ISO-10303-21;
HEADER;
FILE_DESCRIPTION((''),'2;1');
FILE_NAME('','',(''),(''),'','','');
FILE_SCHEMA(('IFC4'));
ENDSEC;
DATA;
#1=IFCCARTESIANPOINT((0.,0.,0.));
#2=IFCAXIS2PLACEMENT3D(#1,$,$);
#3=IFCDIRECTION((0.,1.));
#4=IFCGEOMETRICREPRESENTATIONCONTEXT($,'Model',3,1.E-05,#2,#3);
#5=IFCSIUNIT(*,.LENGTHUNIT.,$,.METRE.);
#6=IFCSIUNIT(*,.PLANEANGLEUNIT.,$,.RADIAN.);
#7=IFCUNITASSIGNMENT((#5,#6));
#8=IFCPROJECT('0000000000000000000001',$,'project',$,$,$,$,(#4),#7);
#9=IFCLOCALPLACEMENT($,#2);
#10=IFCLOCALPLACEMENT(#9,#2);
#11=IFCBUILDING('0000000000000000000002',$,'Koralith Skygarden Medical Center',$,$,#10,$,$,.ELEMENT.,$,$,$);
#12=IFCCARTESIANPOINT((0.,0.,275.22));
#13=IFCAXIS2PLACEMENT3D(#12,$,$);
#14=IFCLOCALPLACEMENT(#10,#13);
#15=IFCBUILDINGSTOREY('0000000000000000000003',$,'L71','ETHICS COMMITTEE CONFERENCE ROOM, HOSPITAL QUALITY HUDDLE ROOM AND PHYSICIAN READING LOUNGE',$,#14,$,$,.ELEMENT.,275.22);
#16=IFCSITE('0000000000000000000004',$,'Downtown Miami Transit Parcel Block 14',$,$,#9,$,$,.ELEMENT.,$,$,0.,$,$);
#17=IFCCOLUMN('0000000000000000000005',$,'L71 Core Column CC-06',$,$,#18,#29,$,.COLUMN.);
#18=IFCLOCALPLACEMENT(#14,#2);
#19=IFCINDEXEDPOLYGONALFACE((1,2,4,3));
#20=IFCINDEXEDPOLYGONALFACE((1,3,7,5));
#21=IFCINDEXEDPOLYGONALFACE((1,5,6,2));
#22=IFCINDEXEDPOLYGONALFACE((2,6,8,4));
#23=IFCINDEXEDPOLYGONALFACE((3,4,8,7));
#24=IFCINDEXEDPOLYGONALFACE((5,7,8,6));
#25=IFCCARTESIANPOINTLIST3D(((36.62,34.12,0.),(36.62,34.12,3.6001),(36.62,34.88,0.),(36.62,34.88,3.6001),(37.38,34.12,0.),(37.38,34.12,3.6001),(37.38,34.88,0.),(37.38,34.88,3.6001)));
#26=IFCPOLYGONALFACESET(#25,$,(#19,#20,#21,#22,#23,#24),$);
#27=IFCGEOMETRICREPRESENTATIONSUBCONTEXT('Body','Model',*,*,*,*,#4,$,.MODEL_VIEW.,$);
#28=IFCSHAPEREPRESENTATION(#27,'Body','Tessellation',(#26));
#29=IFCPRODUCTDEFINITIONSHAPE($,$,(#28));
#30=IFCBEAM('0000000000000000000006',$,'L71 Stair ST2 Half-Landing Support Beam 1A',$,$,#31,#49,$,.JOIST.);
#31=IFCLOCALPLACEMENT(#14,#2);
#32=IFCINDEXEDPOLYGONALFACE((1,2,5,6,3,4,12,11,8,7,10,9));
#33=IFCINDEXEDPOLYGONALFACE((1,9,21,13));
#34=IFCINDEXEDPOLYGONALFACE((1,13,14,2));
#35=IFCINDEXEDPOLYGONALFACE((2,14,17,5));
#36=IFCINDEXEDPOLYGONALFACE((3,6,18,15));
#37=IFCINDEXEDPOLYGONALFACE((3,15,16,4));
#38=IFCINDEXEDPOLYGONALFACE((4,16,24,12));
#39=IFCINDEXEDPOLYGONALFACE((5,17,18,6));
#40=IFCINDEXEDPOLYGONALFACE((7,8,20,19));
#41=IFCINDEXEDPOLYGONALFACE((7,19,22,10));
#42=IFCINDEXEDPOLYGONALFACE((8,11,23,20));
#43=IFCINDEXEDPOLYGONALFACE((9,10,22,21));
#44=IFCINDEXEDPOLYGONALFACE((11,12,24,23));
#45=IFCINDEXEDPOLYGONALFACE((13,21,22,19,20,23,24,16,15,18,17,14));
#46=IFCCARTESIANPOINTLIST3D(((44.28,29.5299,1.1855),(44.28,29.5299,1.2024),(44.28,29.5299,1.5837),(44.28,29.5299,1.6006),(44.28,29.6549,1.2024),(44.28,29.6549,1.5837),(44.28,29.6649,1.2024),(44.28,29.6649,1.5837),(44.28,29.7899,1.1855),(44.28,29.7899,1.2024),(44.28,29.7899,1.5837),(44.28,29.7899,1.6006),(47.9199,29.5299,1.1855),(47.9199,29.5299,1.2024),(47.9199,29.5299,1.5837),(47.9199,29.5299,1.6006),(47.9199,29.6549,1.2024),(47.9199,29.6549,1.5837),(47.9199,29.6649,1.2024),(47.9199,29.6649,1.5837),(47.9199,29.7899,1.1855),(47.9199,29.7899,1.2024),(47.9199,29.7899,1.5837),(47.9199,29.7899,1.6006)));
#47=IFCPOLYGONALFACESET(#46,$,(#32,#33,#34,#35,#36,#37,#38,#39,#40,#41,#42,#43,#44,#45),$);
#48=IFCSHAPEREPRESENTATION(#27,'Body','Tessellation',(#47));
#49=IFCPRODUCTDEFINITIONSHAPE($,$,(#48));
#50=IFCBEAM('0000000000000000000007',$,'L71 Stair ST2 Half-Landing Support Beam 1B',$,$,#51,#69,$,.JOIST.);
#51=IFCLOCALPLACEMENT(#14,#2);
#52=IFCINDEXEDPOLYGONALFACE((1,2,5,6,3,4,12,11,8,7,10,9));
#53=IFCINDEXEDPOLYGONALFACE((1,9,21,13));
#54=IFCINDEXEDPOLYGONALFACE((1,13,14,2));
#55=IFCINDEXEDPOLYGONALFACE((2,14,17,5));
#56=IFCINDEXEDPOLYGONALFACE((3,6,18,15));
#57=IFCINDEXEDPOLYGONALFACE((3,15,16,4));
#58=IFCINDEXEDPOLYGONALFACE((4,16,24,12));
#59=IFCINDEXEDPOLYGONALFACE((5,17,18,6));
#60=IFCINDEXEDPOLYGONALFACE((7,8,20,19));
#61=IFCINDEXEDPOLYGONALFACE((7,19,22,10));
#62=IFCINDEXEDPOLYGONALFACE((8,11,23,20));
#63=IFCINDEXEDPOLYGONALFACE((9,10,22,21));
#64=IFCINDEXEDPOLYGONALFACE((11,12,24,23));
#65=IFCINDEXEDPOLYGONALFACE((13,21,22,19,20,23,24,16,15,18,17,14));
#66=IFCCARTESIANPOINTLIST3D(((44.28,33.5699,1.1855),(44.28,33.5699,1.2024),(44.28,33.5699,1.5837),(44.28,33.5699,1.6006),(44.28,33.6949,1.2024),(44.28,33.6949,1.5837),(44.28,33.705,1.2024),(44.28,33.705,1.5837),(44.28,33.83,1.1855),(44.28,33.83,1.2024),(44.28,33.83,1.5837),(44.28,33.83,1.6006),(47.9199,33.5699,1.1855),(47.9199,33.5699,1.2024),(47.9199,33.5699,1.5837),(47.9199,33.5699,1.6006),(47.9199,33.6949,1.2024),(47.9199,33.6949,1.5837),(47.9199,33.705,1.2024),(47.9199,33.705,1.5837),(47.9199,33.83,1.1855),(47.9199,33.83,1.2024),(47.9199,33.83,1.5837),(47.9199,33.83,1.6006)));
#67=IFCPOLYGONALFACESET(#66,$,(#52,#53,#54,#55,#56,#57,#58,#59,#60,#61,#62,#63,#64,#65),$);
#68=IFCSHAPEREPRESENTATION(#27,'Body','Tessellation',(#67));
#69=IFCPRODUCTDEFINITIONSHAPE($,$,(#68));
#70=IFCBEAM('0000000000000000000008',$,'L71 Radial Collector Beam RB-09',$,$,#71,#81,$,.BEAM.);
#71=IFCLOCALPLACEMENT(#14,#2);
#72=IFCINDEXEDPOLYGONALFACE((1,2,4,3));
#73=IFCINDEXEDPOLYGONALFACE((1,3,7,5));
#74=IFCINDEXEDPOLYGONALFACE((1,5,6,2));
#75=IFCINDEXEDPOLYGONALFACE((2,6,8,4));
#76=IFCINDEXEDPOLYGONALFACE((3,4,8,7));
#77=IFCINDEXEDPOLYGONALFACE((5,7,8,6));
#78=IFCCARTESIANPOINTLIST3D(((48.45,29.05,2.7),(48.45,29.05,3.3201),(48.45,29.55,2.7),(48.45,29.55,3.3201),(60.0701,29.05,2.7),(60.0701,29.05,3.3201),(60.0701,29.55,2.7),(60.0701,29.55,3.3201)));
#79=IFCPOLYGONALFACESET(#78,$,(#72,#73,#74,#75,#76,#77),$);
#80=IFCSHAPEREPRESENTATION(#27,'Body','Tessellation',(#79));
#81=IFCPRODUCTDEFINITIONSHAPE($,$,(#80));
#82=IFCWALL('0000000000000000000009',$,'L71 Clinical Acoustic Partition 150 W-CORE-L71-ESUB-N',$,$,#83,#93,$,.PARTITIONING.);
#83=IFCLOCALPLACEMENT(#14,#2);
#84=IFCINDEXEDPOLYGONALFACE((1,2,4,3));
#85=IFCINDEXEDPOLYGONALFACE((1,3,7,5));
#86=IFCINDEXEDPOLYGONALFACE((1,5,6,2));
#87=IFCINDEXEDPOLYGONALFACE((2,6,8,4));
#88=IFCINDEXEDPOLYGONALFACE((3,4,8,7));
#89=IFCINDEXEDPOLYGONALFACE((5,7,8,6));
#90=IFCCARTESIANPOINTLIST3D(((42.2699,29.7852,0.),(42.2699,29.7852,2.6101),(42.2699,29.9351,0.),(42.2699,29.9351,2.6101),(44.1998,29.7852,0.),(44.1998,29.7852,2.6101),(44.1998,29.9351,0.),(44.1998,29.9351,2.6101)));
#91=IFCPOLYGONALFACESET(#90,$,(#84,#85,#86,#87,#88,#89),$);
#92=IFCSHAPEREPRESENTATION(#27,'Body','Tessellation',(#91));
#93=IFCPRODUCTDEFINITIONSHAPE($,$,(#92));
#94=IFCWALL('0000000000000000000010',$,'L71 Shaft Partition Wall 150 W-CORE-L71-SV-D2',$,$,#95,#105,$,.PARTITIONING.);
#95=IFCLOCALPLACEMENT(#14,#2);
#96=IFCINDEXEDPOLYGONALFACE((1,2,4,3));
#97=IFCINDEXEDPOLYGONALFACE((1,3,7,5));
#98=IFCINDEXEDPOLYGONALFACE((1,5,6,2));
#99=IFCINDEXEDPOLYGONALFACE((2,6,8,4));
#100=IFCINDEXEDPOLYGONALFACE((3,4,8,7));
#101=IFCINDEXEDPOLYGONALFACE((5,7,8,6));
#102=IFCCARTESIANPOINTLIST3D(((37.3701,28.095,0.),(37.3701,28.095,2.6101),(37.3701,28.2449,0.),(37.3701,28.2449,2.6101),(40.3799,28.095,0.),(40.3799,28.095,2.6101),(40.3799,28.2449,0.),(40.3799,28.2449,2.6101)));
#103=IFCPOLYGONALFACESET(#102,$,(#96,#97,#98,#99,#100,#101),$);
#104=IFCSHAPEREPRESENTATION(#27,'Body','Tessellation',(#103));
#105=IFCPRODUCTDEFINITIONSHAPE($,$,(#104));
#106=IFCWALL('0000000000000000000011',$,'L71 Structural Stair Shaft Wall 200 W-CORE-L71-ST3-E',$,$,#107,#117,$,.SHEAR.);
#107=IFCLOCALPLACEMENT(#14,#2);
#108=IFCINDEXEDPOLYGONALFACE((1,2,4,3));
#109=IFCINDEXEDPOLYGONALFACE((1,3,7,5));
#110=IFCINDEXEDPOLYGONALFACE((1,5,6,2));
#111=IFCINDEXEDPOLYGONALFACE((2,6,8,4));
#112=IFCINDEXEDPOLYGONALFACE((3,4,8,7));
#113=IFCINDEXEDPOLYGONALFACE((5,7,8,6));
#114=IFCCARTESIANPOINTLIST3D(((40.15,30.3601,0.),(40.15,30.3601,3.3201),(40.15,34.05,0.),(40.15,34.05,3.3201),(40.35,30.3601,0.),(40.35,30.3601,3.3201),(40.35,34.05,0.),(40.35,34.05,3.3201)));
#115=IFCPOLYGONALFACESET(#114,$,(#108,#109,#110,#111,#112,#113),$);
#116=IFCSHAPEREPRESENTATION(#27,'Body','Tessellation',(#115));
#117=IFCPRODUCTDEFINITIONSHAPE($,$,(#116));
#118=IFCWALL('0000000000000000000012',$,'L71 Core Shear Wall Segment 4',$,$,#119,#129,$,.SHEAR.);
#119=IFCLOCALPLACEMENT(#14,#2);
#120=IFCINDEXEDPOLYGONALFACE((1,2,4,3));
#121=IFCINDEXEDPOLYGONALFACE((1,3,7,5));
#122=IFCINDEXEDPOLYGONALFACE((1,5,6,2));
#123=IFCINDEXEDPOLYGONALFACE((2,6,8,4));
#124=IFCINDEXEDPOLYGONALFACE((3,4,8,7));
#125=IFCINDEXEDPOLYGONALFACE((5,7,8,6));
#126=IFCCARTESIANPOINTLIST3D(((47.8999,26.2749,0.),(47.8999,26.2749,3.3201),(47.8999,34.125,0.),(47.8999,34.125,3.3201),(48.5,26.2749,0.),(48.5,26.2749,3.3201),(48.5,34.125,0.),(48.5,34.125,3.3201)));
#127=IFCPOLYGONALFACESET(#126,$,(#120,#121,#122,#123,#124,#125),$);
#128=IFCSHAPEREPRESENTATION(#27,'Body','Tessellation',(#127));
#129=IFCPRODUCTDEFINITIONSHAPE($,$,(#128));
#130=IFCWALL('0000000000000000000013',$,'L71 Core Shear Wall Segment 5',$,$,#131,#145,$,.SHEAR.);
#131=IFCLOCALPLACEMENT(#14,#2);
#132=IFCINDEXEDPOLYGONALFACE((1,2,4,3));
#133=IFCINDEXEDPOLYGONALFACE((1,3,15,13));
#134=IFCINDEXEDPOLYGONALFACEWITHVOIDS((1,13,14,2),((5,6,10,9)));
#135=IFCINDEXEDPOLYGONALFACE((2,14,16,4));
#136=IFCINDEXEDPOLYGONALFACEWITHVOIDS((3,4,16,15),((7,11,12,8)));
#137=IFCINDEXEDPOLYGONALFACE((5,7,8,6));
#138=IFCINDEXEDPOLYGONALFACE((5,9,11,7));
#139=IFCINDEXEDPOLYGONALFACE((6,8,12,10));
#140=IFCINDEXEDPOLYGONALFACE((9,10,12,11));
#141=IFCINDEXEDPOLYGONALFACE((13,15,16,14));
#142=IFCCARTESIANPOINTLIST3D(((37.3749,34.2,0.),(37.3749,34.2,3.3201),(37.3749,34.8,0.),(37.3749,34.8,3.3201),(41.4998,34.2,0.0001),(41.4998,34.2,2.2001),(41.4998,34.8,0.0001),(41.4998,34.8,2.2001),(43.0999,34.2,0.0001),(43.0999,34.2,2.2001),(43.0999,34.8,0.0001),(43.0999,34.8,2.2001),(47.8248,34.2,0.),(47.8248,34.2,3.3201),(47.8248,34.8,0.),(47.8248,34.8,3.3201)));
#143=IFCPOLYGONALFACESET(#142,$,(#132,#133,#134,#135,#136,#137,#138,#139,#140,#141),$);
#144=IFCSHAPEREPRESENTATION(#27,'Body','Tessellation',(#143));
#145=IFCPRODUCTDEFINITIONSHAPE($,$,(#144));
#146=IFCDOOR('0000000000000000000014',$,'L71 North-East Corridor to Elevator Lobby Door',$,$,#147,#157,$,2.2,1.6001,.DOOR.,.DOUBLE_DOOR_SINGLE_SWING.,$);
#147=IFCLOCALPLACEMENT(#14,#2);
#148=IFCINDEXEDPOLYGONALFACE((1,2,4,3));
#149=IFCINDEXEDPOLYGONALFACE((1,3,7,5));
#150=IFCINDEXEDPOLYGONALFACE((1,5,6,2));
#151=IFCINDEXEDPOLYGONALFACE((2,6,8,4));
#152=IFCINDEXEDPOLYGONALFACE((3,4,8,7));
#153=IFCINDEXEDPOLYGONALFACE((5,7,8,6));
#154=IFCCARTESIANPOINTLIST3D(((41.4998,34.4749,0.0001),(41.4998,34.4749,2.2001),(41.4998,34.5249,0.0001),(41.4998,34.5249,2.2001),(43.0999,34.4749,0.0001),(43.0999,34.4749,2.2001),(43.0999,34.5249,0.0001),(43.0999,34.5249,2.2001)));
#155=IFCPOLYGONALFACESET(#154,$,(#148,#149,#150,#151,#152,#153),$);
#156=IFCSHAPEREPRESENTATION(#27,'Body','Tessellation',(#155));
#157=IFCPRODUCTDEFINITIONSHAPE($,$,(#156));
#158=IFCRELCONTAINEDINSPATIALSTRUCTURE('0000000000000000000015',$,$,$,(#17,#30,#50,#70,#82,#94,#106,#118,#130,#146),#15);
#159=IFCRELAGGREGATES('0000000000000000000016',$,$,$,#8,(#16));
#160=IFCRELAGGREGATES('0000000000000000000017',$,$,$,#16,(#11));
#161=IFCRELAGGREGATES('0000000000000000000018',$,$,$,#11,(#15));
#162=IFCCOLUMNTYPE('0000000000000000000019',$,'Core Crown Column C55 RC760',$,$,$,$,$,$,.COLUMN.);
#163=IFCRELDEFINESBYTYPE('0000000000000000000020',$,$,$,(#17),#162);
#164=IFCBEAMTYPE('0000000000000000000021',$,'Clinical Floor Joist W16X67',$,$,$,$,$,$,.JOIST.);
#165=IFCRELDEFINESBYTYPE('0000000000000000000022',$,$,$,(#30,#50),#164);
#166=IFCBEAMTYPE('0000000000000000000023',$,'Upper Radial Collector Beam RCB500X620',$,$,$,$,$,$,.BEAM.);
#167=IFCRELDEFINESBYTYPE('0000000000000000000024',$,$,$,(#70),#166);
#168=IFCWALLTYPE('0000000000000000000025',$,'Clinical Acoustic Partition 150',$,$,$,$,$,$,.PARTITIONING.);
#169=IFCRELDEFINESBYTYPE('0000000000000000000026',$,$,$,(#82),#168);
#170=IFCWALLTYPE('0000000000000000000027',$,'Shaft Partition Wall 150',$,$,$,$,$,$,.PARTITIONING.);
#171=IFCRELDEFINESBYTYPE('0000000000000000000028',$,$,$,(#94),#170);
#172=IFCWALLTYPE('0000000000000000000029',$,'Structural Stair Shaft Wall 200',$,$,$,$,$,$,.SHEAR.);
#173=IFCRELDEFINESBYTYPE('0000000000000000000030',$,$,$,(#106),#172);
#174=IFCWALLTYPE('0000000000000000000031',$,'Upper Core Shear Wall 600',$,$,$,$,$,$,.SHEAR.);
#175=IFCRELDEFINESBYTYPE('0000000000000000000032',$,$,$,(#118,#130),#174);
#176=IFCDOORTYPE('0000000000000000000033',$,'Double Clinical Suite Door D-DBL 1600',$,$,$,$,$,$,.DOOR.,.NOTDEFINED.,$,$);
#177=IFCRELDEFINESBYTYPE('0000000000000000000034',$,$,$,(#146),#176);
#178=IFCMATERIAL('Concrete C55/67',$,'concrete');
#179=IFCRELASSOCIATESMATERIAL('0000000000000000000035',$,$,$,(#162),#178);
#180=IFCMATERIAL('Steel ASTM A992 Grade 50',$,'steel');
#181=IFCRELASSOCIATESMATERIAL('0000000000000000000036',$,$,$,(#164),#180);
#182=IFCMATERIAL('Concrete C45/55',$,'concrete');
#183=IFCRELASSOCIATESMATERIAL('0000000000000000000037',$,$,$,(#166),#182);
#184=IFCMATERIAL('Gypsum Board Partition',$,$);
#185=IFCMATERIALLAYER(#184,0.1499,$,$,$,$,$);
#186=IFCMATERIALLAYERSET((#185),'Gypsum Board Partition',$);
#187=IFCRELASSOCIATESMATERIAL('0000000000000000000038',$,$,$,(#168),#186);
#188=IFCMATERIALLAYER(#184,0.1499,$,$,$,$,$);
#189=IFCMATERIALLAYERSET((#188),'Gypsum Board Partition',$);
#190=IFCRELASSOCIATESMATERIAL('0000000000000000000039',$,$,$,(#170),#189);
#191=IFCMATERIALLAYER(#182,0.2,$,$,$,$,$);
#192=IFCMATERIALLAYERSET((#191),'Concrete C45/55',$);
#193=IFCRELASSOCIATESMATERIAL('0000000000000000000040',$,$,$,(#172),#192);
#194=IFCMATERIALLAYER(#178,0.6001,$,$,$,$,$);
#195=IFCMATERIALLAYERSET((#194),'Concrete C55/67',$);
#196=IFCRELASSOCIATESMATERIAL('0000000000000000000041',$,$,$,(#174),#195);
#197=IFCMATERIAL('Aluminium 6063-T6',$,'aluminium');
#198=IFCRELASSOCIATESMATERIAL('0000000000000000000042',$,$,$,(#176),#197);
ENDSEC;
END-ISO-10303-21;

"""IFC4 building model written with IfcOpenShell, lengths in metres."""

from ifc_helpers import new_model, si_unit, direction, frame, frame_2d, origin, origin_2d, place, context, subcontext, project, spatial, rectangle, i_section, extrude, material, layer, layer_set, material_profile, profile_set, type_object, element, fill, save


model = new_model("IFC4")

# Units and contexts
model_context = context("Model", 3, precision=1e-05, world=origin(), true_north=direction((0.0, 1.0)))
body_context = subcontext(model_context, "Body", "Model", "MODEL_VIEW")
ifc_project = project(units=[si_unit("LENGTHUNIT", "METRE"), si_unit("PLANEANGLEUNIT", "RADIAN")], contexts=[model_context])

# Site, building, storey
site_placement = place(None, origin())
site = spatial("IfcSite", under=ifc_project, at=site_placement, Name="Downtown Miami Transit Parcel Block 14", CompositionType="ELEMENT", RefElevation=0.0)
building_placement = place(site_placement, origin())
building = spatial("IfcBuilding", under=site, at=building_placement, Name="Koralith Skygarden Medical Center", CompositionType="ELEMENT")
storey_placement = place(building_placement, frame((0.0, 0.0, 275.22)))
storey = spatial("IfcBuildingStorey", under=building, at=storey_placement, Name="L71", Description="ETHICS COMMITTEE CONFERENCE ROOM, HOSPITAL QUALITY HUDDLE ROOM AND PHYSICIAN READING LOUNGE", CompositionType="ELEMENT", Elevation=275.22)

# Column
ifc_material_1 = material(Name="Concrete C55/67", Category="concrete")
ifc_material_profile_1 = material_profile(ifc_material_1, rectangle(XDim=0.76, YDim=0.76, at=origin_2d()), Name="RC760X760")
ifc_profile_set_1 = profile_set([ifc_material_profile_1], Name="Concrete C55/67")
column_type = type_object("IfcColumnType", Name="Core Crown Column C55 RC760", PredefinedType="COLUMN", material=ifc_profile_set_1)
column_placement = place(storey_placement, frame((37.0, 34.5, 0.0), z_axis=(0.0, 0.0, 1.0), x_axis=(1.0, 0.0, 0.0)))
element("IfcColumn", 1, at=column_placement, inside=storey, type_object=column_type, Name="L71 Core Column CC-06", PredefinedType="COLUMN", context=body_context, shape_type="SweptSolid", body=[
    extrude(rectangle(XDim=0.76, YDim=0.76, at=origin_2d()), origin(), (0.0, 0.0, 1.0), 3.6001),
])

# Beams
ifc_material_2 = material(Name="Steel ASTM A992 Grade 50", Category="steel")
ifc_material_profile_2 = material_profile(ifc_material_2, i_section(OverallWidth=0.26, OverallDepth=0.415, WebThickness=0.01, FlangeThickness=0.0168, at=origin_2d()), Name="W16X67")
ifc_profile_set_2 = profile_set([ifc_material_profile_2], Name="Steel ASTM A992 Grade 50")
beam_type_1 = type_object("IfcBeamType", Name="Clinical Floor Joist W16X67", PredefinedType="JOIST", material=ifc_profile_set_2)
for number, where, z_axis, x_axis, name in (
    (2, (44.28, 29.6599, 1.3931), (1.0, 0.0, 0.0), (0.0, 1.0, 0.0), "L71 Stair ST2 Half-Landing Support Beam 1A"),
    (3, (44.28, 33.7, 1.3931), (1.0, 0.0, 0.0), (0.0, 1.0, 0.0), "L71 Stair ST2 Half-Landing Support Beam 1B"),
):
    element("IfcBeam", number, at=place(storey_placement, frame(where, z_axis=z_axis, x_axis=x_axis)), inside=storey, type_object=beam_type_1, Name=name, PredefinedType="JOIST", context=body_context, shape_type="SweptSolid", body=[
        extrude(i_section(OverallWidth=0.26, OverallDepth=0.415, WebThickness=0.01, FlangeThickness=0.0168, at=origin_2d()), origin(), (0.0, 0.0, 1.0), 3.6399),
    ])
ifc_material_3 = material(Name="Concrete C45/55", Category="concrete")
ifc_material_profile_3 = material_profile(ifc_material_3, rectangle(XDim=0.5, YDim=0.6201, at=origin_2d()), Name="RCB500X620")
ifc_profile_set_3 = profile_set([ifc_material_profile_3], Name="Concrete C45/55")
beam_type_2 = type_object("IfcBeamType", Name="Upper Radial Collector Beam RCB500X620", PredefinedType="BEAM", material=ifc_profile_set_3)
beam_placement = place(storey_placement, frame((48.45, 29.3, 3.01), z_axis=(1.0, 0.0, 0.0), x_axis=(0.0, 1.0, 0.0)))
element("IfcBeam", 4, at=beam_placement, inside=storey, type_object=beam_type_2, Name="L71 Radial Collector Beam RB-09", PredefinedType="BEAM", context=body_context, shape_type="SweptSolid", body=[
    extrude(rectangle(XDim=0.5, YDim=0.6201, at=origin_2d()), origin(), (0.0, 0.0, 1.0), 11.6201),
])

# Walls
ifc_material_4 = material(Name="Gypsum Board Partition")
ifc_layer_1 = layer(ifc_material_4, 0.1499)
ifc_layer_set_1 = layer_set([ifc_layer_1], Name="Gypsum Board Partition")
wall_type_1 = type_object("IfcWallType", Name="Clinical Acoustic Partition 150", PredefinedType="PARTITIONING", material=ifc_layer_set_1)
wall_1_placement = place(storey_placement, frame((42.27, 29.8601, 0.0), z_axis=(0.0, 0.0, 1.0), x_axis=(1.0, 0.0, 0.0)))
element("IfcWall", 5, at=wall_1_placement, inside=storey, type_object=wall_type_1, Name="L71 Clinical Acoustic Partition 150 W-CORE-L71-ESUB-N", PredefinedType="PARTITIONING", context=body_context, shape_type="SweptSolid", body=[
    extrude(rectangle(XDim=1.9299, YDim=0.1499, at=frame_2d((0.9648, 0.0))), origin(), (0.0, 0.0, 1.0), 2.6101),
])
ifc_layer_2 = layer(ifc_material_4, 0.1499)
ifc_layer_set_2 = layer_set([ifc_layer_2], Name="Gypsum Board Partition")
wall_type_2 = type_object("IfcWallType", Name="Shaft Partition Wall 150", PredefinedType="PARTITIONING", material=ifc_layer_set_2)
wall_2_placement = place(storey_placement, frame((37.3701, 28.1699, 0.0), z_axis=(0.0, 0.0, 1.0), x_axis=(1.0, 0.0, 0.0)))
element("IfcWall", 6, at=wall_2_placement, inside=storey, type_object=wall_type_2, Name="L71 Shaft Partition Wall 150 W-CORE-L71-SV-D2", PredefinedType="PARTITIONING", context=body_context, shape_type="SweptSolid", body=[
    extrude(rectangle(XDim=3.0098, YDim=0.1499, at=frame_2d((1.5049, 0.0))), origin(), (0.0, 0.0, 1.0), 2.6101),
])
ifc_layer_3 = layer(ifc_material_3, 0.2)
ifc_layer_set_3 = layer_set([ifc_layer_3], Name="Concrete C45/55")
wall_type_3 = type_object("IfcWallType", Name="Structural Stair Shaft Wall 200", PredefinedType="SHEAR", material=ifc_layer_set_3)
wall_3_placement = place(storey_placement, frame((40.25, 30.3601, 0.0), z_axis=(0.0, 0.0, 1.0), x_axis=(0.0, 1.0, 0.0)))
element("IfcWall", 7, at=wall_3_placement, inside=storey, type_object=wall_type_3, Name="L71 Structural Stair Shaft Wall 200 W-CORE-L71-ST3-E", PredefinedType="SHEAR", context=body_context, shape_type="SweptSolid", body=[
    extrude(rectangle(XDim=3.6899, YDim=0.2, at=frame_2d((1.845, 0.0))), origin(), (0.0, 0.0, 1.0), 3.3201),
])
ifc_layer_4 = layer(ifc_material_1, 0.6001)
ifc_layer_set_4 = layer_set([ifc_layer_4], Name="Concrete C55/67")
wall_type_4 = type_object("IfcWallType", Name="Upper Core Shear Wall 600", PredefinedType="SHEAR", material=ifc_layer_set_4)
wall_4_placement = place(storey_placement, frame((48.2, 26.2749, 0.0), z_axis=(0.0, 0.0, 1.0), x_axis=(0.0, 1.0, 0.0)))
element("IfcWall", 8, at=wall_4_placement, inside=storey, type_object=wall_type_4, Name="L71 Core Shear Wall Segment 4", PredefinedType="SHEAR", context=body_context, shape_type="SweptSolid", body=[
    extrude(rectangle(XDim=7.8501, YDim=0.6001, at=frame_2d((3.925, 0.0))), origin(), (0.0, 0.0, 1.0), 3.3201),
])

# Wall, opening, door
wall_5_placement = place(storey_placement, frame((47.825, 34.5, 0.0), z_axis=(0.0, 0.0, 1.0), x_axis=(-1.0, 0.0, 0.0)))
wall_5 = element("IfcWall", 9, at=wall_5_placement, inside=storey, type_object=wall_type_4, Name="L71 Core Shear Wall Segment 5", PredefinedType="SHEAR", context=body_context, shape_type="SweptSolid", body=[
    extrude(rectangle(XDim=10.45, YDim=0.6001, at=frame_2d((5.2251, 0.0))), origin(), (0.0, 0.0, 1.0), 3.3201),
])
opening_placement = place(wall_5_placement, frame((4.7251, 0.0, 0.0)))
opening = element("IfcOpeningElement", 10, at=opening_placement, cuts=wall_5, PredefinedType="OPENING", context=body_context, shape_type="SweptSolid", body=[
    extrude(rectangle(XDim=1.6001, YDim=2.2, at=frame_2d((0.8, 1.1001))), frame((0.0, 0.3101, 0.0), z_axis=(0.0, -1.0, 0.0), x_axis=(1.0, 0.0, 0.0)), (0.0, 0.0, 1.0), 0.6201),
])
ifc_material_5 = material(Name="Aluminium 6063-T6", Category="aluminium")
door_type = type_object("IfcDoorType", Name="Double Clinical Suite Door D-DBL 1600", OperationType="NOTDEFINED", PredefinedType="DOOR", material=ifc_material_5)
door_placement = place(opening_placement, frame((1.6001, 0.0, 0.0), z_axis=(0.0, 0.0, 1.0), x_axis=(-1.0, 0.0, 0.0)))
door = element("IfcDoor", 11, at=door_placement, inside=storey, type_object=door_type, Name="L71 North-East Corridor to Elevator Lobby Door", OperationType="DOUBLE_DOOR_SINGLE_SWING", OverallHeight=2.2, OverallWidth=1.6001, PredefinedType="DOOR", context=body_context, shape_type="SweptSolid", body=[
    extrude(rectangle(XDim=1.6001, YDim=2.2, at=frame_2d((0.8, 1.1001))), frame((0.0, 0.0249, 0.0), z_axis=(0.0, -1.0, 0.0), x_axis=(1.0, 0.0, 0.0)), (0.0, 0.0, 1.0), 0.05),
])
fill(opening, door)

save(model, "model.ifc")
